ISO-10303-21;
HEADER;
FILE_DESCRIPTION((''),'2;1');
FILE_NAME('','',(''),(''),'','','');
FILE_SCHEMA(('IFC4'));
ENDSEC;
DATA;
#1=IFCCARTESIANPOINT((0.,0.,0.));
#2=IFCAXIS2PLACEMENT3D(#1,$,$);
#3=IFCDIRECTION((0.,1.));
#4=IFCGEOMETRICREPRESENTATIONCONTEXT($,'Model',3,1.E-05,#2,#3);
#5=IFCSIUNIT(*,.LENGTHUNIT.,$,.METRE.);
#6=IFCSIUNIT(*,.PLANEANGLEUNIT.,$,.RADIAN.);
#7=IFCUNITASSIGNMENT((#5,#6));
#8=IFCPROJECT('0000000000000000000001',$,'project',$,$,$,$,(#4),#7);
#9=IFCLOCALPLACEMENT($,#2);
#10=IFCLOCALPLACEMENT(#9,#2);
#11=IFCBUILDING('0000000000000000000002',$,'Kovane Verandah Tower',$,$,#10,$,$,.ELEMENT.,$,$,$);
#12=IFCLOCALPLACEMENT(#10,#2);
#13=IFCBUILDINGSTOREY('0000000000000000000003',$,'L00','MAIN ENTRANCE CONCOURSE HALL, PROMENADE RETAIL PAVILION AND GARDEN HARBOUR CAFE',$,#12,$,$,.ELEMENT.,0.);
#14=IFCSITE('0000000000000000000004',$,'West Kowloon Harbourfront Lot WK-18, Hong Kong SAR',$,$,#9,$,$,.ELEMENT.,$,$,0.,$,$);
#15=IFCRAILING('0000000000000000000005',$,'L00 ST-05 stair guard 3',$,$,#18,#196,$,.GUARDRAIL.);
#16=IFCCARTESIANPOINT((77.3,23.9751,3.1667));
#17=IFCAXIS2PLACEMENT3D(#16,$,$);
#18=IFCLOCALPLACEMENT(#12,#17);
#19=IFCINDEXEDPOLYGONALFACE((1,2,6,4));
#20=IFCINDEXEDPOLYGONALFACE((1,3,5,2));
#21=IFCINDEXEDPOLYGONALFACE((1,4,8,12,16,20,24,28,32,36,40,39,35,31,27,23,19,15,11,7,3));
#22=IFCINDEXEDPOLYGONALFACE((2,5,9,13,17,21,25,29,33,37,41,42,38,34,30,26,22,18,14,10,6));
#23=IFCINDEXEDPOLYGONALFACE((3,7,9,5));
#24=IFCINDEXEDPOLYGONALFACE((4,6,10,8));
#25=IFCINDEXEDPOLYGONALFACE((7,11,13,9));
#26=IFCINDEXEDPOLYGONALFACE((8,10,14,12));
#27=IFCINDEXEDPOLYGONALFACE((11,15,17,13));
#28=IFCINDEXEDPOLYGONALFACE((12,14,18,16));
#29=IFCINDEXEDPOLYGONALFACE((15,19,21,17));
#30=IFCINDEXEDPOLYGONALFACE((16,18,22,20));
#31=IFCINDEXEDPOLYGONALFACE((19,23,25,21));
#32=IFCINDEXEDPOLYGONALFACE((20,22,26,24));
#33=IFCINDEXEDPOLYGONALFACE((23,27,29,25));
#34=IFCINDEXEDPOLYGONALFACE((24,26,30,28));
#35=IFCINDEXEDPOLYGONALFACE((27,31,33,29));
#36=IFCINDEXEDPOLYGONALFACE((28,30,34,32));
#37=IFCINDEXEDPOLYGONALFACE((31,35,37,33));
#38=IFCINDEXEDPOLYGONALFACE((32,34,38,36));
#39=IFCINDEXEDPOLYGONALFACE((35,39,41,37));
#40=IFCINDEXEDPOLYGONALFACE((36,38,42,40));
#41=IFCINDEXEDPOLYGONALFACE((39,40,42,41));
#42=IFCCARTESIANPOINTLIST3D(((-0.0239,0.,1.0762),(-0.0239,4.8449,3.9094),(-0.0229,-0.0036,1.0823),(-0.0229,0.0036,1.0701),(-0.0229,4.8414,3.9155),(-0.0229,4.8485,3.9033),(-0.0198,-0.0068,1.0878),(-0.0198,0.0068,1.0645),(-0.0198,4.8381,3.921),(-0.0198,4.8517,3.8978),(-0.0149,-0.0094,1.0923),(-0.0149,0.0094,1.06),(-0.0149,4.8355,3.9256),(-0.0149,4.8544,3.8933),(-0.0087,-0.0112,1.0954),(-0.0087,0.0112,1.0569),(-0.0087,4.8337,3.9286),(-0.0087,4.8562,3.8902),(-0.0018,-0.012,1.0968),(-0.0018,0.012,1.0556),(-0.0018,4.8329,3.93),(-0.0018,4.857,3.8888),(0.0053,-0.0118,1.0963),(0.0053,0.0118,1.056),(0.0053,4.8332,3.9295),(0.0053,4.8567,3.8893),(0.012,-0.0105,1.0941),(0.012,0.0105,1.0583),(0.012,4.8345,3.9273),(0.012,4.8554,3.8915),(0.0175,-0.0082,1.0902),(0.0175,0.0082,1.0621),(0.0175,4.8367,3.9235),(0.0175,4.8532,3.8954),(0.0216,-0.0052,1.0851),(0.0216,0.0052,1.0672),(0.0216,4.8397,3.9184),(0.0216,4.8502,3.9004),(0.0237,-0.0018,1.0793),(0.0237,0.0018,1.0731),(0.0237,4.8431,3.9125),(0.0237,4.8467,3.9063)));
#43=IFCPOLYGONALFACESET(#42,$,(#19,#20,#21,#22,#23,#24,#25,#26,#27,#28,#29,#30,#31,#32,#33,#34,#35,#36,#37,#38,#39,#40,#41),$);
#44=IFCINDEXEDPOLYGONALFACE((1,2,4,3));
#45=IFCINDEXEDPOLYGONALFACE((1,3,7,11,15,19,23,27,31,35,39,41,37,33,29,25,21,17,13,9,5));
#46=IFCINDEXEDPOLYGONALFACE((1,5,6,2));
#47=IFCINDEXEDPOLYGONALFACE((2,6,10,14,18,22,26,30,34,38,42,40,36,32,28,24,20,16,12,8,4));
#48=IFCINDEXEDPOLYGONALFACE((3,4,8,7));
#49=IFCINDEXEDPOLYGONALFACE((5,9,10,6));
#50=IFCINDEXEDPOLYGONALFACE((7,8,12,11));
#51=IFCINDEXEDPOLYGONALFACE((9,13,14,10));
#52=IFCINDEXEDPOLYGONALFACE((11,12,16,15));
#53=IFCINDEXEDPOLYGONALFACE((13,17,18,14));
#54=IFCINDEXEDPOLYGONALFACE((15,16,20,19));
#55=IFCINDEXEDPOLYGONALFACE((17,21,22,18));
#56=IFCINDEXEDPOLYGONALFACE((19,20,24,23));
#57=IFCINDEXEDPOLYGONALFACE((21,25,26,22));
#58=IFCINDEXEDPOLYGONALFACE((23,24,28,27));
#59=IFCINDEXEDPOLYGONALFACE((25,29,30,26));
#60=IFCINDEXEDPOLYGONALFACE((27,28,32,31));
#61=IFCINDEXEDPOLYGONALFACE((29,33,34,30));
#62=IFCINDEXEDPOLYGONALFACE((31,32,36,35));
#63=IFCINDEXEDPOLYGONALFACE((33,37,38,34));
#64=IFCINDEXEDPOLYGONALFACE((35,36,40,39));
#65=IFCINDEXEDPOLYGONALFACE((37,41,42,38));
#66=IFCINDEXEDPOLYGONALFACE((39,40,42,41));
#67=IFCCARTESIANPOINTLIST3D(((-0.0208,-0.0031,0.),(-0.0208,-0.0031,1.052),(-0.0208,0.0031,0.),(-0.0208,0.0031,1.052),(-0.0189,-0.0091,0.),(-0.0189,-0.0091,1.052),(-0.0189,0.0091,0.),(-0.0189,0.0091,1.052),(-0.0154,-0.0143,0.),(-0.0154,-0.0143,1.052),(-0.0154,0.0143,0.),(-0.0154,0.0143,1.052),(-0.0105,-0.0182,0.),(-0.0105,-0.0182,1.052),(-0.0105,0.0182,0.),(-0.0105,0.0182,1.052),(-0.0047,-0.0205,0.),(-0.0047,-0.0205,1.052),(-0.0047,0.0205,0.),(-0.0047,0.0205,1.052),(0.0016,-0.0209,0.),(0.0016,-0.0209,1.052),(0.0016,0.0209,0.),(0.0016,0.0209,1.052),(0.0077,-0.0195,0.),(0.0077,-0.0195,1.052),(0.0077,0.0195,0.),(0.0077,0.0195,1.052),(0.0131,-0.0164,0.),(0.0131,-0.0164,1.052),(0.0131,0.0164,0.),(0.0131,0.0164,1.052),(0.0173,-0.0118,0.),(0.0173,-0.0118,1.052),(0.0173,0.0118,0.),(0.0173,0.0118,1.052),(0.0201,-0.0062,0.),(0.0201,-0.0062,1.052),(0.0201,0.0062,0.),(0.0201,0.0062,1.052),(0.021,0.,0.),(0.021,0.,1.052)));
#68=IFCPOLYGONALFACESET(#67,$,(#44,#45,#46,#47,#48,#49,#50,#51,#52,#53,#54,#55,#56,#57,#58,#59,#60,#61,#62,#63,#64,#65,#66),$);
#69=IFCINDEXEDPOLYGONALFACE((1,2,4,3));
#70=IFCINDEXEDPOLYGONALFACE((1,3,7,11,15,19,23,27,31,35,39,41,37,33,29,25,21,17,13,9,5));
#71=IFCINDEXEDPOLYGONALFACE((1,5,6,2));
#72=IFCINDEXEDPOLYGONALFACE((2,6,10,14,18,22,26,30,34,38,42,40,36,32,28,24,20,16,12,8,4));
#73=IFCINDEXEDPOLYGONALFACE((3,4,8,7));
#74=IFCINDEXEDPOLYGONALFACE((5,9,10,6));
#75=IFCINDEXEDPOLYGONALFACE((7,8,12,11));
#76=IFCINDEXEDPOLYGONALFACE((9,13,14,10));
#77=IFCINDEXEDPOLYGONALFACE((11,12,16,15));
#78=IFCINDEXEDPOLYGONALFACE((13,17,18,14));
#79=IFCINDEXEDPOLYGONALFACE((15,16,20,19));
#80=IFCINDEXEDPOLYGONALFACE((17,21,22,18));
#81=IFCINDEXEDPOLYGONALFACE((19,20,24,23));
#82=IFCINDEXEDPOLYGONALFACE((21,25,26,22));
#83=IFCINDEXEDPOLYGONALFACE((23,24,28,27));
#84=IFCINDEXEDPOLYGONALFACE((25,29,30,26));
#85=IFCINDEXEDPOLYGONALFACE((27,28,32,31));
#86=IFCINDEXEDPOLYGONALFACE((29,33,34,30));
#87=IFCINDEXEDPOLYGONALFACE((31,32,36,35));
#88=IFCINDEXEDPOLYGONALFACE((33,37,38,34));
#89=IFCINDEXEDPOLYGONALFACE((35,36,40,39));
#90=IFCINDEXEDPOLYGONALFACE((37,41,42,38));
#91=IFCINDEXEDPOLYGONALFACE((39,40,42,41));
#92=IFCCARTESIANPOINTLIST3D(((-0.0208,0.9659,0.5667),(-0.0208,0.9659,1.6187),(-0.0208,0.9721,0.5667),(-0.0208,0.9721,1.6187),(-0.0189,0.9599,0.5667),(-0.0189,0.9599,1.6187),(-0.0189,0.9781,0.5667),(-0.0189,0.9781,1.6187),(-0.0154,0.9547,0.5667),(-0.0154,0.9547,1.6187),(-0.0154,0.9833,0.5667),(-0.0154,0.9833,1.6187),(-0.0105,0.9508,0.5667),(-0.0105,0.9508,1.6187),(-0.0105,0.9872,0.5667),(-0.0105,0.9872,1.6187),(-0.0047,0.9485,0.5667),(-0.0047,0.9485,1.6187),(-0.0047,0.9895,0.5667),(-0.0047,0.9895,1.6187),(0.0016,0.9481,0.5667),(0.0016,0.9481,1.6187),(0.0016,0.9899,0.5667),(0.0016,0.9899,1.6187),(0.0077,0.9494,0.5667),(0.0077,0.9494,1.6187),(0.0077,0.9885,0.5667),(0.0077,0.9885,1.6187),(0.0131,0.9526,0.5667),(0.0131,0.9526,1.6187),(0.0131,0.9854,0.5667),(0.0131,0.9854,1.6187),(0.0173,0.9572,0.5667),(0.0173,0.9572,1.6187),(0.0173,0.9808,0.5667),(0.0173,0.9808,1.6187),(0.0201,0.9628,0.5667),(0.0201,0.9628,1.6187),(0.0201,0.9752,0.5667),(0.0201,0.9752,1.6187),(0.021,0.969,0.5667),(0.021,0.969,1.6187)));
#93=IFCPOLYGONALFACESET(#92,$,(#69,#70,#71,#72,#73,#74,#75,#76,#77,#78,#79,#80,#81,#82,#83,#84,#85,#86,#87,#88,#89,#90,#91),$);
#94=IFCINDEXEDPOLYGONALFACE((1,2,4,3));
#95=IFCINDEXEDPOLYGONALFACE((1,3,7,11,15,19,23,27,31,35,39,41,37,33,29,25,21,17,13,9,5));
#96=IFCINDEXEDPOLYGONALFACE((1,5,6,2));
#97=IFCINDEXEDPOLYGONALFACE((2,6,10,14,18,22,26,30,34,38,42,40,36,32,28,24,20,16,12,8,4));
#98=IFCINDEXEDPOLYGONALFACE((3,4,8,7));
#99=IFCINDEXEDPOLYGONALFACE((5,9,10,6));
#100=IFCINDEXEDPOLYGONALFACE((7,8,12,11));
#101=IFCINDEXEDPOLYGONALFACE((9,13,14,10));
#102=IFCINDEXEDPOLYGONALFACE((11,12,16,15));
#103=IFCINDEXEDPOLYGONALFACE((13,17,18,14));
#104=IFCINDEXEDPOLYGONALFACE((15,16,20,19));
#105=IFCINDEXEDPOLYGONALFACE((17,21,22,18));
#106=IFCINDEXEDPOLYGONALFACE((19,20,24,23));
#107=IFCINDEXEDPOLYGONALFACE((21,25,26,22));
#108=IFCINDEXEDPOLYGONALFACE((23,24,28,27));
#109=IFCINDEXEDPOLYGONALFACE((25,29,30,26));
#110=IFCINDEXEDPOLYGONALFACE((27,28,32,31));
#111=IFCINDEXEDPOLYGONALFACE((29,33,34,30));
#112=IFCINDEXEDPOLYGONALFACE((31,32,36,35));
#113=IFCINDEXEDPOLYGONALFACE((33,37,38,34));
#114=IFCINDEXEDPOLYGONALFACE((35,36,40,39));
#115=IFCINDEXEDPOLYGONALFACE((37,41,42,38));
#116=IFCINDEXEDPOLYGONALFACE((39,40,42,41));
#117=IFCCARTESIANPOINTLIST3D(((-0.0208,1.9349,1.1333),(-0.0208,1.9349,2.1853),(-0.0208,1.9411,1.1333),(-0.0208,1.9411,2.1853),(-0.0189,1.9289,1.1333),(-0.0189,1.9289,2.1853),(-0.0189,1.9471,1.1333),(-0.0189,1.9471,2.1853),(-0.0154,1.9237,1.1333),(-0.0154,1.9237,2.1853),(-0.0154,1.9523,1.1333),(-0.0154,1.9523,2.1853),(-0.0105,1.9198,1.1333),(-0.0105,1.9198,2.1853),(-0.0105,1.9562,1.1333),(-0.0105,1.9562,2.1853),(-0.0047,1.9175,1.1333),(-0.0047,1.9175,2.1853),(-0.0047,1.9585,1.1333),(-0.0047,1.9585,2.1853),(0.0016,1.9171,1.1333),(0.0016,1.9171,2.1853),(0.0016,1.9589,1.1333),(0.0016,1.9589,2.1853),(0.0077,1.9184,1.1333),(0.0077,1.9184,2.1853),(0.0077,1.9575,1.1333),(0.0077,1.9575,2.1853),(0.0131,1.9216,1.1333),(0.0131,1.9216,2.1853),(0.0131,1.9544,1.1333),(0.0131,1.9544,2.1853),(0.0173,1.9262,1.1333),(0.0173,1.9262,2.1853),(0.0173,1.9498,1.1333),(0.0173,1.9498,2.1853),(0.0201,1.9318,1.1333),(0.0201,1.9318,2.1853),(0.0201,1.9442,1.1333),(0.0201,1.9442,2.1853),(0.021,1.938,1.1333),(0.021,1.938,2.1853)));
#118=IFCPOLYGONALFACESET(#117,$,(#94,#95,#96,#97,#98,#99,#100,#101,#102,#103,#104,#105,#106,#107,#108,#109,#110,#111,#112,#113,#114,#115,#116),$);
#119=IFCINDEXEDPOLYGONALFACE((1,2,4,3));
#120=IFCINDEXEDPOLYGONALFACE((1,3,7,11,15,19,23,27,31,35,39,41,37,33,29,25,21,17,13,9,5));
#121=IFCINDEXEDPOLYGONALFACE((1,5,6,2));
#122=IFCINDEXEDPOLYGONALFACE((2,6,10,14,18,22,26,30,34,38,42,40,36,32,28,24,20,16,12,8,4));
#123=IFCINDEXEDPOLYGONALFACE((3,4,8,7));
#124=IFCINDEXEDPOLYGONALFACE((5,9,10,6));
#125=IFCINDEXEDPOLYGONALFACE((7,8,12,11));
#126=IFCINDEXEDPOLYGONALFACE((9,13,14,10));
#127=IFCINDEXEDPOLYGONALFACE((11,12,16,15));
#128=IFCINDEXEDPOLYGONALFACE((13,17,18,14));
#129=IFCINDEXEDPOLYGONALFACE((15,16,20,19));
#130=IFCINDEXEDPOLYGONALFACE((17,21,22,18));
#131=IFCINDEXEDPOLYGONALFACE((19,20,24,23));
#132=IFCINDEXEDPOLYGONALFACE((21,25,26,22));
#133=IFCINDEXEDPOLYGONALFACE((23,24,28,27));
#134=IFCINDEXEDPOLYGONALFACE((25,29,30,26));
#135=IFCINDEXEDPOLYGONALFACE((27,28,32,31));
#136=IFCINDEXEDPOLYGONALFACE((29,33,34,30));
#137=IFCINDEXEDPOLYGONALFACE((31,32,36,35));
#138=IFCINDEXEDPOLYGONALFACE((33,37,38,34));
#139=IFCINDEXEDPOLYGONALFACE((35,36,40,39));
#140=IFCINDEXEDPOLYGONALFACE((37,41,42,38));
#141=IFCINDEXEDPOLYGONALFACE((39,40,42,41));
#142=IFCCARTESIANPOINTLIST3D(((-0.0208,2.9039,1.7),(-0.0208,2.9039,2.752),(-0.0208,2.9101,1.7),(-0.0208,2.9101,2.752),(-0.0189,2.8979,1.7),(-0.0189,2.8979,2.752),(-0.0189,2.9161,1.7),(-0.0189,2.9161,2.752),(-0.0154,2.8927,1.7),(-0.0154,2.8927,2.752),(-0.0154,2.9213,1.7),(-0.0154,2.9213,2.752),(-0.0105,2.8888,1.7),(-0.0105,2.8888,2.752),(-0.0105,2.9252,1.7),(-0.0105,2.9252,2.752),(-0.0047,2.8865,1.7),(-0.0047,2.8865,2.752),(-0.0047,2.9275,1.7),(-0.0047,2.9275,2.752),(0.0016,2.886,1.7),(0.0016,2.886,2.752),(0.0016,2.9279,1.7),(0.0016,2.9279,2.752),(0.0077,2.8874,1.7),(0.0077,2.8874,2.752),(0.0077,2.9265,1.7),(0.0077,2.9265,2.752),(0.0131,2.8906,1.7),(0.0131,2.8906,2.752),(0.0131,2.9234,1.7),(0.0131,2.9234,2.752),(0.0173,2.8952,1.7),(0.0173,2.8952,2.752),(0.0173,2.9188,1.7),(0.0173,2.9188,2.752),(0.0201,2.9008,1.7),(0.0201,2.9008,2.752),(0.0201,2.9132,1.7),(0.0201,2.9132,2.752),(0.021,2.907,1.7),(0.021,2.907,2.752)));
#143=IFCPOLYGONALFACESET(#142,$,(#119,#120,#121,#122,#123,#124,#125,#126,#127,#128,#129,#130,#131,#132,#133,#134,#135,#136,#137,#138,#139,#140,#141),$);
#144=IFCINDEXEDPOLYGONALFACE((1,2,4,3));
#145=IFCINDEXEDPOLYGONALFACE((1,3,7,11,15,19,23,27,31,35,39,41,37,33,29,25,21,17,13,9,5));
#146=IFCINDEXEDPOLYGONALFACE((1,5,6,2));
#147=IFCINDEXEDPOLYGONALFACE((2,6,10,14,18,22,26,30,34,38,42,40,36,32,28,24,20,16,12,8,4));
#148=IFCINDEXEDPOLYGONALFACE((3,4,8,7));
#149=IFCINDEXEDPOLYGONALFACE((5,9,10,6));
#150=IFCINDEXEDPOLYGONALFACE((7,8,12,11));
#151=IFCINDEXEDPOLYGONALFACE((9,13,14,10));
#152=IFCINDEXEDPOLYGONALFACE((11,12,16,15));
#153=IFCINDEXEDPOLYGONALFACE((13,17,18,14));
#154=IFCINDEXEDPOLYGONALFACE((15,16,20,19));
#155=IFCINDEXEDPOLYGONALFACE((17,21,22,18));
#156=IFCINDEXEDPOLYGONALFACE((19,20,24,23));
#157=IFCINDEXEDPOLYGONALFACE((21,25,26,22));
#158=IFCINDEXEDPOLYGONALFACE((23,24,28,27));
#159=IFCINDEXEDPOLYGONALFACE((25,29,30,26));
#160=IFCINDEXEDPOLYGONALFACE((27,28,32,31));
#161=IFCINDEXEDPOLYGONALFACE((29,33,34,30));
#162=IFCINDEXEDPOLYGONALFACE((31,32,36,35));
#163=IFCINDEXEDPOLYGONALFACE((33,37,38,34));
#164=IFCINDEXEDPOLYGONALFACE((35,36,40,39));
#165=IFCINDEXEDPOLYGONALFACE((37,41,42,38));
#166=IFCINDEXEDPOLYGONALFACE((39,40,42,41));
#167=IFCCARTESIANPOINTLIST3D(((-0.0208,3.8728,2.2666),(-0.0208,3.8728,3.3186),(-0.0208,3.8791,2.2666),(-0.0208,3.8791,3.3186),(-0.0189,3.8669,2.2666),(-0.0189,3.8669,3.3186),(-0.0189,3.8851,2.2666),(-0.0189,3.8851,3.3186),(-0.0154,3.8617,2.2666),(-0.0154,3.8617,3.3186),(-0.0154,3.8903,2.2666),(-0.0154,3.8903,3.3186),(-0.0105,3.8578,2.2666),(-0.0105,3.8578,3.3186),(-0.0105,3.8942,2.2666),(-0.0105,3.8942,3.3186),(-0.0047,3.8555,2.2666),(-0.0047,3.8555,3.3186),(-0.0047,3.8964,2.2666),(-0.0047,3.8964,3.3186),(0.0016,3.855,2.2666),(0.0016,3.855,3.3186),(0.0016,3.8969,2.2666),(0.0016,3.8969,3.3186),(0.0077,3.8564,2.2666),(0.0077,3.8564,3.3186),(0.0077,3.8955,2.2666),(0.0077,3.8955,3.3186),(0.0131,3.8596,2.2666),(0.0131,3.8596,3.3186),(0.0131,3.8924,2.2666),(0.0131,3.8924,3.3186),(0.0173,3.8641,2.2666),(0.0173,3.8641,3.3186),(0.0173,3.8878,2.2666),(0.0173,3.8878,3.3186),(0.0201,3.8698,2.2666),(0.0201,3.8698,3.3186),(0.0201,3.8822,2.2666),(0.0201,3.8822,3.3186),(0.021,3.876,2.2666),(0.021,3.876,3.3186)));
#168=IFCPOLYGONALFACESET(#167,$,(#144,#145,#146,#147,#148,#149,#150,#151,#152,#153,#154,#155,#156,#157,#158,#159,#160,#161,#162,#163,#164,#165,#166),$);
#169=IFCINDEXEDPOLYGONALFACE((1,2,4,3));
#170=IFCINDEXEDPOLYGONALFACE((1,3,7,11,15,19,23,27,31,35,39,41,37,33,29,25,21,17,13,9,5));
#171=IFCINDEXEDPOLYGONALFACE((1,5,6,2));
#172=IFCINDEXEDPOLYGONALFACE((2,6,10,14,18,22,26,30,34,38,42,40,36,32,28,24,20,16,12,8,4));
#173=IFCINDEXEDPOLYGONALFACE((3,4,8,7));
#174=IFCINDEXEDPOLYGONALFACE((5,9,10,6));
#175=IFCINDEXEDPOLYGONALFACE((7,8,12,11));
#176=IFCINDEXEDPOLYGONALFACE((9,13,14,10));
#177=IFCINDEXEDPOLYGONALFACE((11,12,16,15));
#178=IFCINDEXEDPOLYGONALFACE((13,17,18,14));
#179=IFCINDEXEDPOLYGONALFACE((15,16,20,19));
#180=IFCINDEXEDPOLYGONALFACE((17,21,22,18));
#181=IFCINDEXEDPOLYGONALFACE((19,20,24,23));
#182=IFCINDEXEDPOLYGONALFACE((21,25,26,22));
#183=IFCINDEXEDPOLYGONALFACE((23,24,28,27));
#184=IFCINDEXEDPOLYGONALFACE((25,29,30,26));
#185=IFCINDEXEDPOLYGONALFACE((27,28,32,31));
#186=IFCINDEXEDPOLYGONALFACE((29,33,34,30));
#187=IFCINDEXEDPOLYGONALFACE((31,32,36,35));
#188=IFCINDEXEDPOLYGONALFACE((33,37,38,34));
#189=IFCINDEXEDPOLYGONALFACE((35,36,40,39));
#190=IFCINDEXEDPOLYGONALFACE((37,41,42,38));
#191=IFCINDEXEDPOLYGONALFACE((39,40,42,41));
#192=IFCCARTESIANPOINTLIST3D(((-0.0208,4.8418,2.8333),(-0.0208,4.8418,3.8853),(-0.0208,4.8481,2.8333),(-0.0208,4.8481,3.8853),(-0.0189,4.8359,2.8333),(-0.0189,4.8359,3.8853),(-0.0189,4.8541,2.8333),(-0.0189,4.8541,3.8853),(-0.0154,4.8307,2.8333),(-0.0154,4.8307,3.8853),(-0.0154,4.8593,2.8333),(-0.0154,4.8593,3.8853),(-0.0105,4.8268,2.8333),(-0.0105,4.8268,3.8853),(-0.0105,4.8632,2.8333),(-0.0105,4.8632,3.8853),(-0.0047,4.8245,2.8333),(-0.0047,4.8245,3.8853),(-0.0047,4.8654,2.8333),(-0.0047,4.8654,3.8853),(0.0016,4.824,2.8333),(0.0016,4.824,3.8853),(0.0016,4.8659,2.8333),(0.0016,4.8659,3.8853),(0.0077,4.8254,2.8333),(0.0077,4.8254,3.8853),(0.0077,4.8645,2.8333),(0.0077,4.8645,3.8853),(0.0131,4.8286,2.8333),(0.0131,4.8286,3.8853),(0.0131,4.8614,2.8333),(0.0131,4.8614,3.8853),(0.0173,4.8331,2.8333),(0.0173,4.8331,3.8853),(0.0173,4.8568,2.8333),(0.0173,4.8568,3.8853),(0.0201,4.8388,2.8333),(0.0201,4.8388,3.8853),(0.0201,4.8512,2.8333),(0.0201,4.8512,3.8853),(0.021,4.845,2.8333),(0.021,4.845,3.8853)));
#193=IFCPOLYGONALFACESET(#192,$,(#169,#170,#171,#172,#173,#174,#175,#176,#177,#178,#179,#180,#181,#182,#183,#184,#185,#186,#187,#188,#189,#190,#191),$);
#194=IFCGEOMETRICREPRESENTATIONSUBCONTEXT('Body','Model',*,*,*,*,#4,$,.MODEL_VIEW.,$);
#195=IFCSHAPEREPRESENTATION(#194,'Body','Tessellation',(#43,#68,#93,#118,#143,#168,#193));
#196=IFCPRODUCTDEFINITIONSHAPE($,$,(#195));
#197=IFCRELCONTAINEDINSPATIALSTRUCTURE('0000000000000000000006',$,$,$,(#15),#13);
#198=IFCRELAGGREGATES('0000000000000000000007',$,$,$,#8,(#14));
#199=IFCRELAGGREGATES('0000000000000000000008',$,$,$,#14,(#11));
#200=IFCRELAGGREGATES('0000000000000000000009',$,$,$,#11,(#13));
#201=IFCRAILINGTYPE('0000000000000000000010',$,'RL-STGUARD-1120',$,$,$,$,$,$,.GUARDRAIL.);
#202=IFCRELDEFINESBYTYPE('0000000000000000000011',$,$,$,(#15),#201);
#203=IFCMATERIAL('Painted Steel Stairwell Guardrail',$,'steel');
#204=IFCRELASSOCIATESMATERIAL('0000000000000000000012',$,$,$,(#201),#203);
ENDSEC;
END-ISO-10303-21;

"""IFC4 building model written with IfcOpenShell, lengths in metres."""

from ifc_helpers import new_model, si_unit, direction, frame, origin, origin_2d, place, context, subcontext, project, spatial, circle, extrude, material, type_object, element, save


model = new_model("IFC4")

# Units and contexts
model_context = context("Model", 3, precision=1e-05, world=origin(), true_north=direction((0.0, 1.0)))
body_context = subcontext(model_context, "Body", "Model", "MODEL_VIEW")
ifc_project = project(units=[si_unit("LENGTHUNIT", "METRE"), si_unit("PLANEANGLEUNIT", "RADIAN")], contexts=[model_context])

# Site, building, storey
site_placement = place(None, origin())
site = spatial("IfcSite", under=ifc_project, at=site_placement, Name="West Kowloon Harbourfront Lot WK-18, Hong Kong SAR", CompositionType="ELEMENT", RefElevation=0.0)
building_placement = place(site_placement, origin())
building = spatial("IfcBuilding", under=site, at=building_placement, Name="Kovane Verandah Tower", CompositionType="ELEMENT")
storey_placement = place(building_placement, origin())
storey = spatial("IfcBuildingStorey", under=building, at=storey_placement, Name="L00", Description="MAIN ENTRANCE CONCOURSE HALL, PROMENADE RETAIL PAVILION AND GARDEN HARBOUR CAFE", CompositionType="ELEMENT", Elevation=0.0)

# Railing
ifc_material_1 = material(Name="Painted Steel Stairwell Guardrail", Category="steel")
railing_type_1 = type_object("IfcRailingType", Name="RL-STGUARD-1120", PredefinedType="GUARDRAIL", material=ifc_material_1)
railing_1_placement = place(storey_placement, frame((77.3, 23.9751, 3.1667)))
element("IfcRailing", 1, at=railing_1_placement, inside=storey, type_object=railing_type_1, Name="L00 ST-05 stair guard 3", PredefinedType="GUARDRAIL", context=body_context, shape_type="SweptSolid", body=[
    extrude(circle(Radius=0.0239, at=origin_2d()), frame((0.0, 0.0, 1.0762), z_axis=(0.0, 0.863234, 0.504804), x_axis=(-1.0, 0.0, 0.0)), (0.0, 0.0, 1.0), 5.6125),
    extrude(circle(Radius=0.021, at=origin_2d()), origin(), (0.0, 0.0, 1.0), 1.052),
    extrude(circle(Radius=0.021, at=origin_2d()), frame((0.0, 0.969, 0.5667)), (0.0, 0.0, 1.0), 1.052),
    extrude(circle(Radius=0.021, at=origin_2d()), frame((0.0, 1.938, 1.1333)), (0.0, 0.0, 1.0), 1.052),
    extrude(circle(Radius=0.021, at=origin_2d()), frame((0.0, 2.907, 1.7)), (0.0, 0.0, 1.0), 1.052),
    extrude(circle(Radius=0.021, at=origin_2d()), frame((0.0, 3.876, 2.2666)), (0.0, 0.0, 1.0), 1.052),
    extrude(circle(Radius=0.021, at=origin_2d()), frame((0.0, 4.845, 2.8333)), (0.0, 0.0, 1.0), 1.052),
])

save(model, "model.ifc")
